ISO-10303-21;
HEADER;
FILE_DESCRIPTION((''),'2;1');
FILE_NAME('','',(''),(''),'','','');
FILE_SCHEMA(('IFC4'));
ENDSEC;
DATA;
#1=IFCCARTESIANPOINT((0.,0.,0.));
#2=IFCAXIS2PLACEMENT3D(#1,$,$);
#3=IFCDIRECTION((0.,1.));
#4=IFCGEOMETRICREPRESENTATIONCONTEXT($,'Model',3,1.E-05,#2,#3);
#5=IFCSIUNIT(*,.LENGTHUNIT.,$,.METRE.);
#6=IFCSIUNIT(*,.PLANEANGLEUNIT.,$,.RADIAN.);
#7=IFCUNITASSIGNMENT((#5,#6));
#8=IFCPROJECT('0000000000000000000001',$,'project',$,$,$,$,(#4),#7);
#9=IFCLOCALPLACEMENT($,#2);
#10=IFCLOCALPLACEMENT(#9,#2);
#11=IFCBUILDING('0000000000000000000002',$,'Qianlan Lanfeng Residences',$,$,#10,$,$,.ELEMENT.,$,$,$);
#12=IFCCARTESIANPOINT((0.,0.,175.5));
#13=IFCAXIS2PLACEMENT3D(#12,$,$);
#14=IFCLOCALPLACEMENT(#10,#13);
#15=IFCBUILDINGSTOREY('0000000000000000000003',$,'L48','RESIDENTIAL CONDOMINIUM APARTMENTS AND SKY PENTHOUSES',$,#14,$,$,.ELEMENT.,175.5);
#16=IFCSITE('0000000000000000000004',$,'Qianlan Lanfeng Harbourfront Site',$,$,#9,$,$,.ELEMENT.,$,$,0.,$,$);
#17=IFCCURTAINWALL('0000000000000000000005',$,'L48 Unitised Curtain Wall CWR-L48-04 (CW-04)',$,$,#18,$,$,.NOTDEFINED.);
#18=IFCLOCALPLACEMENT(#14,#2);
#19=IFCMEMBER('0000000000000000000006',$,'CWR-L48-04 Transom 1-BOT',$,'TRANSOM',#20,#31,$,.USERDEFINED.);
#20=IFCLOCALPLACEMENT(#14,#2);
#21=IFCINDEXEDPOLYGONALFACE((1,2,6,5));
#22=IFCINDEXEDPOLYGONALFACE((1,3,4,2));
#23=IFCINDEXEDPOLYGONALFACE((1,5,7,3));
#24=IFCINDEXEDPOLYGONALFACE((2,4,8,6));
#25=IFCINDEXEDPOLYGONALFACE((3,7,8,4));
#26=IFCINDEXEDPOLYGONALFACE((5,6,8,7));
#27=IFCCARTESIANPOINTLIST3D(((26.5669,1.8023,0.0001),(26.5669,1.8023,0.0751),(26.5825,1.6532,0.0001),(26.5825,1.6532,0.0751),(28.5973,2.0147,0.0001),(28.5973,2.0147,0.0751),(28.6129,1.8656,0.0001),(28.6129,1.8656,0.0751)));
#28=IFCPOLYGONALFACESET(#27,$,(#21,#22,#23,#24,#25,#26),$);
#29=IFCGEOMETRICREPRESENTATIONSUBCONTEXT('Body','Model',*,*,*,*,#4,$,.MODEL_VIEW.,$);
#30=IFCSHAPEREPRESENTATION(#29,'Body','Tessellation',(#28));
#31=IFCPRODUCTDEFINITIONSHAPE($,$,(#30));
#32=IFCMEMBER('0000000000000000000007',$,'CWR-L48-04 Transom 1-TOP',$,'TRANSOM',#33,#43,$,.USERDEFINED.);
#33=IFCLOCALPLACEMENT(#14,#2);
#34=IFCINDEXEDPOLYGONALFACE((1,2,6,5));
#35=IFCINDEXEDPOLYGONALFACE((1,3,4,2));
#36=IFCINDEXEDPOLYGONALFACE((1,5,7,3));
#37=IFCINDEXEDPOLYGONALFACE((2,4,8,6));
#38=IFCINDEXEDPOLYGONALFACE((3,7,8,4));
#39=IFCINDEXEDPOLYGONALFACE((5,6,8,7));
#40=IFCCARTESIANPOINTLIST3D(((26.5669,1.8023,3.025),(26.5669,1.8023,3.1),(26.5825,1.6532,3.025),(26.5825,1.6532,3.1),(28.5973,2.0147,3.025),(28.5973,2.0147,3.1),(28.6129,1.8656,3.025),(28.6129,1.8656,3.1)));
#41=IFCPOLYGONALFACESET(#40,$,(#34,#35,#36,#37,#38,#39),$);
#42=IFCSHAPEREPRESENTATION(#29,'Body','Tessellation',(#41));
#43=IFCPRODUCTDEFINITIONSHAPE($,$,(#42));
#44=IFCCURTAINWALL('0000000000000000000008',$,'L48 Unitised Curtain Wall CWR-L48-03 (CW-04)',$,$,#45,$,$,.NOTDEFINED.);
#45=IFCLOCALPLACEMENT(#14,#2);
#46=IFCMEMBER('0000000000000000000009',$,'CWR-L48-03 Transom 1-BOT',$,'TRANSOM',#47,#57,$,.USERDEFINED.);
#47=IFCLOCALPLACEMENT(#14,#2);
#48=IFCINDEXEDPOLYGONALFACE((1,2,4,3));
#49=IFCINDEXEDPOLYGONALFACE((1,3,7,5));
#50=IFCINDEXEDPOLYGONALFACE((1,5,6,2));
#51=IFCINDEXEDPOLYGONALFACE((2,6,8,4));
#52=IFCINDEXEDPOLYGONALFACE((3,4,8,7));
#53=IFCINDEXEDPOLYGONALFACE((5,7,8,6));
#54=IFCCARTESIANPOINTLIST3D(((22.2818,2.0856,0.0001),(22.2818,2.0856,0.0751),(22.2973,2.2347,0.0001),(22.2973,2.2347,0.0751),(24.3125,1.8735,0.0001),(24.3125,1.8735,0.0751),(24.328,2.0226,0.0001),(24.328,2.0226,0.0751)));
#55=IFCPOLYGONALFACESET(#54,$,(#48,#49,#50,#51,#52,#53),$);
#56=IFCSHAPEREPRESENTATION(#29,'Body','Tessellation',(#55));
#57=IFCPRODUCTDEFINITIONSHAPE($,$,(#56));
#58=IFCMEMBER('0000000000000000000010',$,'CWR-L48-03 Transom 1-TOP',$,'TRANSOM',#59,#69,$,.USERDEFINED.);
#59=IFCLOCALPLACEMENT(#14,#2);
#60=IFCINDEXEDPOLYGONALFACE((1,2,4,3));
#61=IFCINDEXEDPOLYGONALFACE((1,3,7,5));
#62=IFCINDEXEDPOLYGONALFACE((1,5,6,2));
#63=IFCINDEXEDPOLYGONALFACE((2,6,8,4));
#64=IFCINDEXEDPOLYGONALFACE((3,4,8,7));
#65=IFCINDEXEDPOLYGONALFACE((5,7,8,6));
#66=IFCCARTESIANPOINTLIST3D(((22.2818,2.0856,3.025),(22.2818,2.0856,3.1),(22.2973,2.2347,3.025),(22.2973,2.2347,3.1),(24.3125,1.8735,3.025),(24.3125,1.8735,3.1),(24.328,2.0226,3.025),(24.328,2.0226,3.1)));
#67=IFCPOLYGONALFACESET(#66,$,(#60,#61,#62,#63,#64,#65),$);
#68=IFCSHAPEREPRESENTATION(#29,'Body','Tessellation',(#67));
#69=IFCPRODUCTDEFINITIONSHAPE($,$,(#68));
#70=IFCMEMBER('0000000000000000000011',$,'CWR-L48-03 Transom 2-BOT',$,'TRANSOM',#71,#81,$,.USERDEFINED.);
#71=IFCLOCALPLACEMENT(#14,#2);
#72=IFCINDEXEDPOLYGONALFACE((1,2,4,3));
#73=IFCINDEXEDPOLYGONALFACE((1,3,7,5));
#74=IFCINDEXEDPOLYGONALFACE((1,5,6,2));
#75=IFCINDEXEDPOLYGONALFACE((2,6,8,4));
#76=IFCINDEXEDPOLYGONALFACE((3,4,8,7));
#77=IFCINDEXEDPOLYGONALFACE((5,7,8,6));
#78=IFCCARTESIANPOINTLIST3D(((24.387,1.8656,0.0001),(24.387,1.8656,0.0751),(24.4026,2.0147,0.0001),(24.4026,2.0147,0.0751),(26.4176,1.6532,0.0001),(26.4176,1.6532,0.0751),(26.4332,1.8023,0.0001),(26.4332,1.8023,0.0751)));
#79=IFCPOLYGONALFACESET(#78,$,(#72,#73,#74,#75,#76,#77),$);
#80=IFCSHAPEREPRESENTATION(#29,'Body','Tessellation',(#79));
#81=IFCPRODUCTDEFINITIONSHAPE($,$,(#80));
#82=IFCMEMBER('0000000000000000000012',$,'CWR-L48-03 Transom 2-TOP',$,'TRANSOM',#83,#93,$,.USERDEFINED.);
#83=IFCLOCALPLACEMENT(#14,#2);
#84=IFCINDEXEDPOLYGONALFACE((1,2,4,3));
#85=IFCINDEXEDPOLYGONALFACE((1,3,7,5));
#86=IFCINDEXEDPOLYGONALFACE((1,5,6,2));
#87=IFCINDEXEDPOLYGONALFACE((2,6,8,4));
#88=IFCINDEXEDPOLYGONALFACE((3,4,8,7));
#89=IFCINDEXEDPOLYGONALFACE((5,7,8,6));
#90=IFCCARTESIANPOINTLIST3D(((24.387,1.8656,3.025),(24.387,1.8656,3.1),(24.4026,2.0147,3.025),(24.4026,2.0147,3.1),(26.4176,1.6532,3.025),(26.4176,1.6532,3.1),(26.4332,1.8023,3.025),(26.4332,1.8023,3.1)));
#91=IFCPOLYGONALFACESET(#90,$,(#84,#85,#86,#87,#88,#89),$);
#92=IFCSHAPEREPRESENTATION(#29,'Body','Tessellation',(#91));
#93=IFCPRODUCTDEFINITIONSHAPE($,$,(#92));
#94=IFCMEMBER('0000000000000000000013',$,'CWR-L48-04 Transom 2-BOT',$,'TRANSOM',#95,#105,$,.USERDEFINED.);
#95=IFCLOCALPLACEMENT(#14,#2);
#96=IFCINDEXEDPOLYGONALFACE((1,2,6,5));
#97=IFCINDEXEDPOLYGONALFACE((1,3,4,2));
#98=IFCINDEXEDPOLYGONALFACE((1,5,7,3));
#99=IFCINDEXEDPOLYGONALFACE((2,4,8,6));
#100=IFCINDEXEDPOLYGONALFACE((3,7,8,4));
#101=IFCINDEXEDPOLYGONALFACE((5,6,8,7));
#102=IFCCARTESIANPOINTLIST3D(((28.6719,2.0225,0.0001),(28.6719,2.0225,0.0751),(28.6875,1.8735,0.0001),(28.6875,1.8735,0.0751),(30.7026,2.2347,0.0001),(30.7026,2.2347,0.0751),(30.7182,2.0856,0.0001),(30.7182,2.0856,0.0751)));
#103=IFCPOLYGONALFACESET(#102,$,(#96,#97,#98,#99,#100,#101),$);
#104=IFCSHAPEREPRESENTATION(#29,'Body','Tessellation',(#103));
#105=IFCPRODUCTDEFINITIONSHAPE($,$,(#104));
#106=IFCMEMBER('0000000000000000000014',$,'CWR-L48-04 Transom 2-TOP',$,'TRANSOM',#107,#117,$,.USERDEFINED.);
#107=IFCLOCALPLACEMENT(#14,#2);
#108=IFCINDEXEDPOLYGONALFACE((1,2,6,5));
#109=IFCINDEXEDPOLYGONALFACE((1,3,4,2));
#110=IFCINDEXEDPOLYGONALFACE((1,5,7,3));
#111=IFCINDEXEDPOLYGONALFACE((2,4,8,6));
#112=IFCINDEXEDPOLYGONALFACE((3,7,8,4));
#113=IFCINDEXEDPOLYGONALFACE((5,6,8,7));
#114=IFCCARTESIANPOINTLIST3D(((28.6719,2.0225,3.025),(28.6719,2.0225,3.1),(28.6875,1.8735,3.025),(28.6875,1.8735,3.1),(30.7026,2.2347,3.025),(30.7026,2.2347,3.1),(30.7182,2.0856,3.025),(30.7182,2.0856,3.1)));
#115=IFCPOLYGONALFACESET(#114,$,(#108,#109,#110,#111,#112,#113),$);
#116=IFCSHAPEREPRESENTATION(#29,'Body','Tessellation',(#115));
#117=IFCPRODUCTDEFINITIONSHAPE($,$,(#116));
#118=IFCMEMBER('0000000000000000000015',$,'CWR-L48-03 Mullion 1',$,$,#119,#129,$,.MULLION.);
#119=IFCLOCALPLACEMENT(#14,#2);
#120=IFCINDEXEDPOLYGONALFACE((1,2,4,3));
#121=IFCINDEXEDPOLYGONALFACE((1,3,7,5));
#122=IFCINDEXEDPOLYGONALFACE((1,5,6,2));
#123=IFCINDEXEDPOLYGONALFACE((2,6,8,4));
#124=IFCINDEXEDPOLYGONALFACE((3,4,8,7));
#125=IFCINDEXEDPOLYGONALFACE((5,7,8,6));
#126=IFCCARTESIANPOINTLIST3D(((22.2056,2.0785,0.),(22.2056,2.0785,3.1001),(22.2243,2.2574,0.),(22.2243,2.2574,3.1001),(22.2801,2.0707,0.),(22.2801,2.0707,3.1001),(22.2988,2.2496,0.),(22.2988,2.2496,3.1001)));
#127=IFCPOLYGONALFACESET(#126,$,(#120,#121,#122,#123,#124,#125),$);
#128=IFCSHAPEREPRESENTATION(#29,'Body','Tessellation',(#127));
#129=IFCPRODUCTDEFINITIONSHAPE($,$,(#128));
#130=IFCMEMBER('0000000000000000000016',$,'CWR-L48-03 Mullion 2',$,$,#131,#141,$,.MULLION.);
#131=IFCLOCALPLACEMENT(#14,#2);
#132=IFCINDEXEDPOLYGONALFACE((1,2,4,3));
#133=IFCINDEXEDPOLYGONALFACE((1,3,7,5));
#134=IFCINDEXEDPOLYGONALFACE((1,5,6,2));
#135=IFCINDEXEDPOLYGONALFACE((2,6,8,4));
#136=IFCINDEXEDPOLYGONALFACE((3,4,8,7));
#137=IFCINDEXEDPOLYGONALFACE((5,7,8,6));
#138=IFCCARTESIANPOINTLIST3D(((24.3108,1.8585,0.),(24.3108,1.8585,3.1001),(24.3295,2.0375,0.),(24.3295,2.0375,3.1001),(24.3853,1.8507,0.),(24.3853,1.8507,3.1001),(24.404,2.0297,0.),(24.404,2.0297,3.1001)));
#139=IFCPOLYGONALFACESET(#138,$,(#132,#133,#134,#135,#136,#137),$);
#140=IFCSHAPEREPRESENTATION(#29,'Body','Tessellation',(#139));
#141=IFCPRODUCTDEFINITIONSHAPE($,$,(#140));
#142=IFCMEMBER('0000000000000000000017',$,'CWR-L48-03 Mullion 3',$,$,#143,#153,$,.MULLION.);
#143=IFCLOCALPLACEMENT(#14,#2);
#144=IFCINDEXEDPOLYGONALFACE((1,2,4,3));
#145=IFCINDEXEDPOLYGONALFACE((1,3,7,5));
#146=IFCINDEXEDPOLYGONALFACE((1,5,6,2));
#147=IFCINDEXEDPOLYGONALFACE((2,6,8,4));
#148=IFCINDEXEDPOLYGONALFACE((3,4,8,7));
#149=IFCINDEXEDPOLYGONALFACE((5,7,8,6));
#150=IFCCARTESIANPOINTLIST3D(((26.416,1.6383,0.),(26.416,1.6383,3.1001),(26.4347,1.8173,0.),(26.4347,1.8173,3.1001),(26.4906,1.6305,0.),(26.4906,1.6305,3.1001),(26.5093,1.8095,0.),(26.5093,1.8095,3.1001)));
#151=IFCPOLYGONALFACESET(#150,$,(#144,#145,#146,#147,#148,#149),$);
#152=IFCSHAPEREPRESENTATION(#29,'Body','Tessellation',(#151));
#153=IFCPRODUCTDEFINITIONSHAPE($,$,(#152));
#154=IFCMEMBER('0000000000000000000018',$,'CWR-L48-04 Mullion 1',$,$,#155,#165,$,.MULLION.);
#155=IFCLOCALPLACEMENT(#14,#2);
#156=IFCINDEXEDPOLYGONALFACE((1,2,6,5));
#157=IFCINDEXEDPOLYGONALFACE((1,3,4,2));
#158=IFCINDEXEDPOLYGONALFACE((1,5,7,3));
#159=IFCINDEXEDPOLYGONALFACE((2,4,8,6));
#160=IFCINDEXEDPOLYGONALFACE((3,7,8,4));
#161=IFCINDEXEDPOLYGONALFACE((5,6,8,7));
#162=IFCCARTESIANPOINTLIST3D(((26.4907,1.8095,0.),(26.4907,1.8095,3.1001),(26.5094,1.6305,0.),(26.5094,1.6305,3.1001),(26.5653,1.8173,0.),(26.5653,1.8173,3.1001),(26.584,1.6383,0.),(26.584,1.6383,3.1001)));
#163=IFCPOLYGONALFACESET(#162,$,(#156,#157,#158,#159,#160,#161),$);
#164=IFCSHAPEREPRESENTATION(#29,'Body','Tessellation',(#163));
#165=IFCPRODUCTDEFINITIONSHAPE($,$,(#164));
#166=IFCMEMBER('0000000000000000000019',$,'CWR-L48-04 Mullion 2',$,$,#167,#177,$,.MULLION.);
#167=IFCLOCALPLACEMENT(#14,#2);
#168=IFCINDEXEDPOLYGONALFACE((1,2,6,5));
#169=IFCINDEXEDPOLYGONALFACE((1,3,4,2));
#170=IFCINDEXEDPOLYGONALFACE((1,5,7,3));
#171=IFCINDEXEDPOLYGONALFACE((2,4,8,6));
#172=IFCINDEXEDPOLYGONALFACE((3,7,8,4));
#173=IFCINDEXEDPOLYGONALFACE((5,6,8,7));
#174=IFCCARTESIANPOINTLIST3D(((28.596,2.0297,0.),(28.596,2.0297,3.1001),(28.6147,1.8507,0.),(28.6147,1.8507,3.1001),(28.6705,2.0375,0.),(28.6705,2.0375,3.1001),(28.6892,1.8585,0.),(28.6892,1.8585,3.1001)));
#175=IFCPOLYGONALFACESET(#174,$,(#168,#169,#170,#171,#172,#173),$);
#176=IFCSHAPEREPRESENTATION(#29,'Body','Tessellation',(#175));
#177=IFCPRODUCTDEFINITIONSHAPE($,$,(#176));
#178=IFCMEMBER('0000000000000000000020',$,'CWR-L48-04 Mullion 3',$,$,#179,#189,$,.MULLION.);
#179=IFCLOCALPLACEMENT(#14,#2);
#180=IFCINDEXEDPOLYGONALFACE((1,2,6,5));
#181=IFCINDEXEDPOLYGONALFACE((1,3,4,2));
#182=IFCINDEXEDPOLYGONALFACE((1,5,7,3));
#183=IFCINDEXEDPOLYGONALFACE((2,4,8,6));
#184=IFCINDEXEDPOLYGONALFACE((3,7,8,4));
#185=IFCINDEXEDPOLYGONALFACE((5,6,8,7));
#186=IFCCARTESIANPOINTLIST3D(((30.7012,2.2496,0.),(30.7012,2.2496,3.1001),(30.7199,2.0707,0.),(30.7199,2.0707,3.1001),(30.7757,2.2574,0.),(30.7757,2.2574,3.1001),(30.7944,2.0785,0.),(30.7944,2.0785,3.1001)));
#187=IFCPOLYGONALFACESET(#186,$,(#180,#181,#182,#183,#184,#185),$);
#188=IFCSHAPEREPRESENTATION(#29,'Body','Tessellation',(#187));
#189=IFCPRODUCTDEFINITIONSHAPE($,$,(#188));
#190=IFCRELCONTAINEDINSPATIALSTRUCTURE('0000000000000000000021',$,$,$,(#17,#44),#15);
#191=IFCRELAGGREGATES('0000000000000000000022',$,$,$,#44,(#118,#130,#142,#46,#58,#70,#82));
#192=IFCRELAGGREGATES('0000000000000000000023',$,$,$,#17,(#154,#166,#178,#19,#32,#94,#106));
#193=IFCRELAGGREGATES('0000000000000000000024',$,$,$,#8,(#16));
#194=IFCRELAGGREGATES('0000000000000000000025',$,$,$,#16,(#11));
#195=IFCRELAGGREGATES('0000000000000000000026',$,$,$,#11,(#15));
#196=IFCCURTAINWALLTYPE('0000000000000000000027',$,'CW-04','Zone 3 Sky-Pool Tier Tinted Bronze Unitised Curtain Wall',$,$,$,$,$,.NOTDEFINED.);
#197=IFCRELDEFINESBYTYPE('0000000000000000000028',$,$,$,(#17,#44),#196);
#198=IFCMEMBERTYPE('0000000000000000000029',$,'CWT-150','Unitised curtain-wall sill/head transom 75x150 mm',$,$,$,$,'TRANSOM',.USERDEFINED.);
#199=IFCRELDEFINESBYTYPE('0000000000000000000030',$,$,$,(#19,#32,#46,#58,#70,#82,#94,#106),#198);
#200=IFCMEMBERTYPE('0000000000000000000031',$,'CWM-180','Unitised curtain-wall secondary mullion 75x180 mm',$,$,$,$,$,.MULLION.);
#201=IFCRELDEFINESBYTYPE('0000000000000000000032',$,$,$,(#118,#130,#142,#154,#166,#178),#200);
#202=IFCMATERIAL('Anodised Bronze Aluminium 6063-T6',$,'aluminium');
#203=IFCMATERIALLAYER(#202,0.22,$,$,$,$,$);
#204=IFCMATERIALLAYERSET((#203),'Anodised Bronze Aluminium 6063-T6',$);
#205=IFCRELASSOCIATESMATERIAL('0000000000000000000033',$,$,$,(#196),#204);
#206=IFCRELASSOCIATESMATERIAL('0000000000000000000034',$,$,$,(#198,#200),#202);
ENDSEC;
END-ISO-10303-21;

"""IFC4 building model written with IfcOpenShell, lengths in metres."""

from ifc_helpers import new_model, si_unit, direction, frame, origin, origin_2d, place, context, subcontext, project, spatial, rectangle, extrude, source, transform, mapped, material, layer, layer_set, material_profile, profile_set, type_object, element, aggregate, save


model = new_model("IFC4")

# Units and contexts
model_context = context("Model", 3, precision=1e-05, world=origin(), true_north=direction((0.0, 1.0)))
body_context = subcontext(model_context, "Body", "Model", "MODEL_VIEW")
ifc_project = project(units=[si_unit("LENGTHUNIT", "METRE"), si_unit("PLANEANGLEUNIT", "RADIAN")], contexts=[model_context])

# Site, building, storey
site_placement = place(None, origin())
site = spatial("IfcSite", under=ifc_project, at=site_placement, Name="Qianlan Lanfeng Harbourfront Site", CompositionType="ELEMENT", RefElevation=0.0)
building_placement = place(site_placement, origin())
building = spatial("IfcBuilding", under=site, at=building_placement, Name="Qianlan Lanfeng Residences", CompositionType="ELEMENT")
storey_placement = place(building_placement, frame((0.0, 0.0, 175.5)))
storey = spatial("IfcBuildingStorey", under=building, at=storey_placement, Name="L48", Description="RESIDENTIAL CONDOMINIUM APARTMENTS AND SKY PENTHOUSES", CompositionType="ELEMENT", Elevation=175.5)

# Curtain walls, members
ifc_material_1 = material(Name="Anodised Bronze Aluminium 6063-T6", Category="aluminium")
ifc_layer_1 = layer(ifc_material_1, 0.22)
ifc_layer_set_1 = layer_set([ifc_layer_1], Name="Anodised Bronze Aluminium 6063-T6")
curtain_wall_type = type_object("IfcCurtainWallType", Name="CW-04", Description="Zone 3 Sky-Pool Tier Tinted Bronze Unitised Curtain Wall", PredefinedType="NOTDEFINED", material=ifc_layer_set_1)
curtain_wall_1_placement = place(storey_placement, origin())
curtain_wall_1 = element("IfcCurtainWall", 1, at=curtain_wall_1_placement, inside=storey, type_object=curtain_wall_type, Name="L48 Unitised Curtain Wall CWR-L48-04 (CW-04)", PredefinedType="NOTDEFINED")
ifc_material_profile_1 = material_profile(ifc_material_1, rectangle(XDim=0.075, YDim=0.1499, at=origin_2d()), Name="ALU TRANSOM 75x150")
ifc_profile_set_1 = profile_set([ifc_material_profile_1], Name="Anodised Bronze Aluminium 6063-T6")
member_type_1 = type_object("IfcMemberType", Name="CWT-150", Description="Unitised curtain-wall sill/head transom 75x150 mm", ElementType="TRANSOM", PredefinedType="USERDEFINED", material=ifc_profile_set_1)
shared_shape_1 = source(origin(), body_context, "Body", "SweptSolid", [
    extrude(rectangle(XDim=0.075, YDim=0.1499, at=origin_2d()), origin(), (0.0, 0.0, 1.0), 2.0415),
])
member_1_placement = place(storey_placement, frame((26.5747, 1.7278, 0.0376), z_axis=(0.994573, 0.104037, 0.0), x_axis=(0.0, 0.0, 1.0)))
member_1 = element("IfcMember", 2, at=member_1_placement, type_object=member_type_1, Name="CWR-L48-04 Transom 1-BOT", ObjectType="TRANSOM", PredefinedType="USERDEFINED", context=body_context, shape_type="MappedRepresentation", body=[
    mapped(shared_shape_1, transform((0.0, 0.0, 0.0), scale=1.0)),
])
member_2_placement = place(storey_placement, frame((26.5747, 1.7278, 3.0625), z_axis=(0.994573, 0.104037, 0.0), x_axis=(0.0, 0.0, 1.0)))
member_2 = element("IfcMember", 3, at=member_2_placement, type_object=member_type_1, Name="CWR-L48-04 Transom 1-TOP", ObjectType="TRANSOM", PredefinedType="USERDEFINED", context=body_context, shape_type="MappedRepresentation", body=[
    mapped(shared_shape_1, transform((0.0, 0.0, 0.0), scale=1.0)),
])
curtain_wall_2_placement = place(storey_placement, origin())
curtain_wall_2 = element("IfcCurtainWall", 4, at=curtain_wall_2_placement, inside=storey, type_object=curtain_wall_type, Name="L48 Unitised Curtain Wall CWR-L48-03 (CW-04)", PredefinedType="NOTDEFINED")
shared_shape_2 = source(origin(), body_context, "Body", "SweptSolid", [
    extrude(rectangle(XDim=0.075, YDim=0.1499, at=origin_2d()), origin(), (0.0, 0.0, 1.0), 2.0417),
])
member_3_placement = place(storey_placement, frame((22.2896, 2.1602, 0.0376), z_axis=(0.994587, -0.103907, 0.0), x_axis=(0.0, 0.0, 1.0)))
member_3 = element("IfcMember", 5, at=member_3_placement, type_object=member_type_1, Name="CWR-L48-03 Transom 1-BOT", ObjectType="TRANSOM", PredefinedType="USERDEFINED", context=body_context, shape_type="MappedRepresentation", body=[
    mapped(shared_shape_2, transform((0.0, 0.0, 0.0), scale=1.0)),
])
member_4_placement = place(storey_placement, frame((22.2896, 2.1602, 3.0625), z_axis=(0.994587, -0.103907, 0.0), x_axis=(0.0, 0.0, 1.0)))
member_4 = element("IfcMember", 6, at=member_4_placement, type_object=member_type_1, Name="CWR-L48-03 Transom 1-TOP", ObjectType="TRANSOM", PredefinedType="USERDEFINED", context=body_context, shape_type="MappedRepresentation", body=[
    mapped(shared_shape_2, transform((0.0, 0.0, 0.0), scale=1.0)),
])
member_5_placement = place(storey_placement, frame((24.3948, 1.9402, 0.0376), z_axis=(0.994575, -0.104025, 0.0), x_axis=(0.0, 0.0, 1.0)))
member_5 = element("IfcMember", 7, at=member_5_placement, type_object=member_type_1, Name="CWR-L48-03 Transom 2-BOT", ObjectType="TRANSOM", PredefinedType="USERDEFINED", context=body_context, shape_type="MappedRepresentation", body=[
    mapped(shared_shape_2, transform((0.0, 0.0, 0.0), scale=1.0)),
])
member_6_placement = place(storey_placement, frame((24.3948, 1.9402, 3.0625), z_axis=(0.994575, -0.104025, 0.0), x_axis=(0.0, 0.0, 1.0)))
member_6 = element("IfcMember", 8, at=member_6_placement, type_object=member_type_1, Name="CWR-L48-03 Transom 2-TOP", ObjectType="TRANSOM", PredefinedType="USERDEFINED", context=body_context, shape_type="MappedRepresentation", body=[
    mapped(shared_shape_2, transform((0.0, 0.0, 0.0), scale=1.0)),
])

# Members
member_7_placement = place(storey_placement, frame((28.6797, 1.948, 0.0376), z_axis=(0.994587, 0.103907, 0.0), x_axis=(0.0, 0.0, 1.0)))
member_7 = element("IfcMember", 9, at=member_7_placement, type_object=member_type_1, Name="CWR-L48-04 Transom 2-BOT", ObjectType="TRANSOM", PredefinedType="USERDEFINED", context=body_context, shape_type="MappedRepresentation", body=[
    mapped(shared_shape_2, transform((0.0, 0.0, 0.0), scale=1.0)),
])
member_8_placement = place(storey_placement, frame((28.6797, 1.948, 3.0625), z_axis=(0.994587, 0.103907, 0.0), x_axis=(0.0, 0.0, 1.0)))
member_8 = element("IfcMember", 10, at=member_8_placement, type_object=member_type_1, Name="CWR-L48-04 Transom 2-TOP", ObjectType="TRANSOM", PredefinedType="USERDEFINED", context=body_context, shape_type="MappedRepresentation", body=[
    mapped(shared_shape_2, transform((0.0, 0.0, 0.0), scale=1.0)),
])
ifc_material_profile_2 = material_profile(ifc_material_1, rectangle(XDim=0.075, YDim=0.1799, at=origin_2d()), Name="ALU MULLION 75x180")
ifc_profile_set_2 = profile_set([ifc_material_profile_2], Name="Anodised Bronze Aluminium 6063-T6")
member_type_2 = type_object("IfcMemberType", Name="CWM-180", Description="Unitised curtain-wall secondary mullion 75x180 mm", PredefinedType="MULLION", material=ifc_profile_set_2)
shared_shape_3 = source(origin(), body_context, "Body", "SweptSolid", [
    extrude(rectangle(XDim=0.075, YDim=0.1799, at=origin_2d()), origin(), (0.0, 0.0, 1.0), 3.1001),
])
member_9_placement = place(storey_placement, frame((22.2522, 2.1641, 0.0), z_axis=(0.0, 0.0, 1.0), x_axis=(0.994579, -0.103983, 0.0)))
member_9 = element("IfcMember", 11, at=member_9_placement, type_object=member_type_2, Name="CWR-L48-03 Mullion 1", PredefinedType="MULLION", context=body_context, shape_type="MappedRepresentation", body=[
    mapped(shared_shape_3, transform((0.0, 0.0, 0.0), scale=1.0)),
])
member_10_placement = place(storey_placement, frame((24.3574, 1.9441, 0.0), z_axis=(0.0, 0.0, 1.0), x_axis=(0.994579, -0.103983, 0.0)))
member_10 = element("IfcMember", 12, at=member_10_placement, type_object=member_type_2, Name="CWR-L48-03 Mullion 2", PredefinedType="MULLION", context=body_context, shape_type="MappedRepresentation", body=[
    mapped(shared_shape_3, transform((0.0, 0.0, 0.0), scale=1.0)),
])
member_11_placement = place(storey_placement, frame((26.4626, 1.7239, 0.0), z_axis=(0.0, 0.0, 1.0), x_axis=(0.994579, -0.103983, 0.0)))
member_11 = element("IfcMember", 13, at=member_11_placement, type_object=member_type_2, Name="CWR-L48-03 Mullion 3", PredefinedType="MULLION", context=body_context, shape_type="MappedRepresentation", body=[
    mapped(shared_shape_3, transform((0.0, 0.0, 0.0), scale=1.0)),
])
member_12_placement = place(storey_placement, frame((26.5374, 1.7239, 0.0), z_axis=(0.0, 0.0, 1.0), x_axis=(0.994579, 0.103983, 0.0)))
member_12 = element("IfcMember", 14, at=member_12_placement, type_object=member_type_2, Name="CWR-L48-04 Mullion 1", PredefinedType="MULLION", context=body_context, shape_type="MappedRepresentation", body=[
    mapped(shared_shape_3, transform((0.0, 0.0, 0.0), scale=1.0)),
])
member_13_placement = place(storey_placement, frame((28.6426, 1.9441, 0.0), z_axis=(0.0, 0.0, 1.0), x_axis=(0.994579, 0.103983, 0.0)))
member_13 = element("IfcMember", 15, at=member_13_placement, type_object=member_type_2, Name="CWR-L48-04 Mullion 2", PredefinedType="MULLION", context=body_context, shape_type="MappedRepresentation", body=[
    mapped(shared_shape_3, transform((0.0, 0.0, 0.0), scale=1.0)),
])
member_14_placement = place(storey_placement, frame((30.7478, 2.1641, 0.0), z_axis=(0.0, 0.0, 1.0), x_axis=(0.994579, 0.103983, 0.0)))
member_14 = element("IfcMember", 16, at=member_14_placement, type_object=member_type_2, Name="CWR-L48-04 Mullion 3", PredefinedType="MULLION", context=body_context, shape_type="MappedRepresentation", body=[
    mapped(shared_shape_3, transform((0.0, 0.0, 0.0), scale=1.0)),
])

aggregate(curtain_wall_2, [member_9, member_10, member_11, member_3, member_4, member_5, member_6])
aggregate(curtain_wall_1, [member_12, member_13, member_14, member_1, member_2, member_7, member_8])

save(model, "model.ifc")
